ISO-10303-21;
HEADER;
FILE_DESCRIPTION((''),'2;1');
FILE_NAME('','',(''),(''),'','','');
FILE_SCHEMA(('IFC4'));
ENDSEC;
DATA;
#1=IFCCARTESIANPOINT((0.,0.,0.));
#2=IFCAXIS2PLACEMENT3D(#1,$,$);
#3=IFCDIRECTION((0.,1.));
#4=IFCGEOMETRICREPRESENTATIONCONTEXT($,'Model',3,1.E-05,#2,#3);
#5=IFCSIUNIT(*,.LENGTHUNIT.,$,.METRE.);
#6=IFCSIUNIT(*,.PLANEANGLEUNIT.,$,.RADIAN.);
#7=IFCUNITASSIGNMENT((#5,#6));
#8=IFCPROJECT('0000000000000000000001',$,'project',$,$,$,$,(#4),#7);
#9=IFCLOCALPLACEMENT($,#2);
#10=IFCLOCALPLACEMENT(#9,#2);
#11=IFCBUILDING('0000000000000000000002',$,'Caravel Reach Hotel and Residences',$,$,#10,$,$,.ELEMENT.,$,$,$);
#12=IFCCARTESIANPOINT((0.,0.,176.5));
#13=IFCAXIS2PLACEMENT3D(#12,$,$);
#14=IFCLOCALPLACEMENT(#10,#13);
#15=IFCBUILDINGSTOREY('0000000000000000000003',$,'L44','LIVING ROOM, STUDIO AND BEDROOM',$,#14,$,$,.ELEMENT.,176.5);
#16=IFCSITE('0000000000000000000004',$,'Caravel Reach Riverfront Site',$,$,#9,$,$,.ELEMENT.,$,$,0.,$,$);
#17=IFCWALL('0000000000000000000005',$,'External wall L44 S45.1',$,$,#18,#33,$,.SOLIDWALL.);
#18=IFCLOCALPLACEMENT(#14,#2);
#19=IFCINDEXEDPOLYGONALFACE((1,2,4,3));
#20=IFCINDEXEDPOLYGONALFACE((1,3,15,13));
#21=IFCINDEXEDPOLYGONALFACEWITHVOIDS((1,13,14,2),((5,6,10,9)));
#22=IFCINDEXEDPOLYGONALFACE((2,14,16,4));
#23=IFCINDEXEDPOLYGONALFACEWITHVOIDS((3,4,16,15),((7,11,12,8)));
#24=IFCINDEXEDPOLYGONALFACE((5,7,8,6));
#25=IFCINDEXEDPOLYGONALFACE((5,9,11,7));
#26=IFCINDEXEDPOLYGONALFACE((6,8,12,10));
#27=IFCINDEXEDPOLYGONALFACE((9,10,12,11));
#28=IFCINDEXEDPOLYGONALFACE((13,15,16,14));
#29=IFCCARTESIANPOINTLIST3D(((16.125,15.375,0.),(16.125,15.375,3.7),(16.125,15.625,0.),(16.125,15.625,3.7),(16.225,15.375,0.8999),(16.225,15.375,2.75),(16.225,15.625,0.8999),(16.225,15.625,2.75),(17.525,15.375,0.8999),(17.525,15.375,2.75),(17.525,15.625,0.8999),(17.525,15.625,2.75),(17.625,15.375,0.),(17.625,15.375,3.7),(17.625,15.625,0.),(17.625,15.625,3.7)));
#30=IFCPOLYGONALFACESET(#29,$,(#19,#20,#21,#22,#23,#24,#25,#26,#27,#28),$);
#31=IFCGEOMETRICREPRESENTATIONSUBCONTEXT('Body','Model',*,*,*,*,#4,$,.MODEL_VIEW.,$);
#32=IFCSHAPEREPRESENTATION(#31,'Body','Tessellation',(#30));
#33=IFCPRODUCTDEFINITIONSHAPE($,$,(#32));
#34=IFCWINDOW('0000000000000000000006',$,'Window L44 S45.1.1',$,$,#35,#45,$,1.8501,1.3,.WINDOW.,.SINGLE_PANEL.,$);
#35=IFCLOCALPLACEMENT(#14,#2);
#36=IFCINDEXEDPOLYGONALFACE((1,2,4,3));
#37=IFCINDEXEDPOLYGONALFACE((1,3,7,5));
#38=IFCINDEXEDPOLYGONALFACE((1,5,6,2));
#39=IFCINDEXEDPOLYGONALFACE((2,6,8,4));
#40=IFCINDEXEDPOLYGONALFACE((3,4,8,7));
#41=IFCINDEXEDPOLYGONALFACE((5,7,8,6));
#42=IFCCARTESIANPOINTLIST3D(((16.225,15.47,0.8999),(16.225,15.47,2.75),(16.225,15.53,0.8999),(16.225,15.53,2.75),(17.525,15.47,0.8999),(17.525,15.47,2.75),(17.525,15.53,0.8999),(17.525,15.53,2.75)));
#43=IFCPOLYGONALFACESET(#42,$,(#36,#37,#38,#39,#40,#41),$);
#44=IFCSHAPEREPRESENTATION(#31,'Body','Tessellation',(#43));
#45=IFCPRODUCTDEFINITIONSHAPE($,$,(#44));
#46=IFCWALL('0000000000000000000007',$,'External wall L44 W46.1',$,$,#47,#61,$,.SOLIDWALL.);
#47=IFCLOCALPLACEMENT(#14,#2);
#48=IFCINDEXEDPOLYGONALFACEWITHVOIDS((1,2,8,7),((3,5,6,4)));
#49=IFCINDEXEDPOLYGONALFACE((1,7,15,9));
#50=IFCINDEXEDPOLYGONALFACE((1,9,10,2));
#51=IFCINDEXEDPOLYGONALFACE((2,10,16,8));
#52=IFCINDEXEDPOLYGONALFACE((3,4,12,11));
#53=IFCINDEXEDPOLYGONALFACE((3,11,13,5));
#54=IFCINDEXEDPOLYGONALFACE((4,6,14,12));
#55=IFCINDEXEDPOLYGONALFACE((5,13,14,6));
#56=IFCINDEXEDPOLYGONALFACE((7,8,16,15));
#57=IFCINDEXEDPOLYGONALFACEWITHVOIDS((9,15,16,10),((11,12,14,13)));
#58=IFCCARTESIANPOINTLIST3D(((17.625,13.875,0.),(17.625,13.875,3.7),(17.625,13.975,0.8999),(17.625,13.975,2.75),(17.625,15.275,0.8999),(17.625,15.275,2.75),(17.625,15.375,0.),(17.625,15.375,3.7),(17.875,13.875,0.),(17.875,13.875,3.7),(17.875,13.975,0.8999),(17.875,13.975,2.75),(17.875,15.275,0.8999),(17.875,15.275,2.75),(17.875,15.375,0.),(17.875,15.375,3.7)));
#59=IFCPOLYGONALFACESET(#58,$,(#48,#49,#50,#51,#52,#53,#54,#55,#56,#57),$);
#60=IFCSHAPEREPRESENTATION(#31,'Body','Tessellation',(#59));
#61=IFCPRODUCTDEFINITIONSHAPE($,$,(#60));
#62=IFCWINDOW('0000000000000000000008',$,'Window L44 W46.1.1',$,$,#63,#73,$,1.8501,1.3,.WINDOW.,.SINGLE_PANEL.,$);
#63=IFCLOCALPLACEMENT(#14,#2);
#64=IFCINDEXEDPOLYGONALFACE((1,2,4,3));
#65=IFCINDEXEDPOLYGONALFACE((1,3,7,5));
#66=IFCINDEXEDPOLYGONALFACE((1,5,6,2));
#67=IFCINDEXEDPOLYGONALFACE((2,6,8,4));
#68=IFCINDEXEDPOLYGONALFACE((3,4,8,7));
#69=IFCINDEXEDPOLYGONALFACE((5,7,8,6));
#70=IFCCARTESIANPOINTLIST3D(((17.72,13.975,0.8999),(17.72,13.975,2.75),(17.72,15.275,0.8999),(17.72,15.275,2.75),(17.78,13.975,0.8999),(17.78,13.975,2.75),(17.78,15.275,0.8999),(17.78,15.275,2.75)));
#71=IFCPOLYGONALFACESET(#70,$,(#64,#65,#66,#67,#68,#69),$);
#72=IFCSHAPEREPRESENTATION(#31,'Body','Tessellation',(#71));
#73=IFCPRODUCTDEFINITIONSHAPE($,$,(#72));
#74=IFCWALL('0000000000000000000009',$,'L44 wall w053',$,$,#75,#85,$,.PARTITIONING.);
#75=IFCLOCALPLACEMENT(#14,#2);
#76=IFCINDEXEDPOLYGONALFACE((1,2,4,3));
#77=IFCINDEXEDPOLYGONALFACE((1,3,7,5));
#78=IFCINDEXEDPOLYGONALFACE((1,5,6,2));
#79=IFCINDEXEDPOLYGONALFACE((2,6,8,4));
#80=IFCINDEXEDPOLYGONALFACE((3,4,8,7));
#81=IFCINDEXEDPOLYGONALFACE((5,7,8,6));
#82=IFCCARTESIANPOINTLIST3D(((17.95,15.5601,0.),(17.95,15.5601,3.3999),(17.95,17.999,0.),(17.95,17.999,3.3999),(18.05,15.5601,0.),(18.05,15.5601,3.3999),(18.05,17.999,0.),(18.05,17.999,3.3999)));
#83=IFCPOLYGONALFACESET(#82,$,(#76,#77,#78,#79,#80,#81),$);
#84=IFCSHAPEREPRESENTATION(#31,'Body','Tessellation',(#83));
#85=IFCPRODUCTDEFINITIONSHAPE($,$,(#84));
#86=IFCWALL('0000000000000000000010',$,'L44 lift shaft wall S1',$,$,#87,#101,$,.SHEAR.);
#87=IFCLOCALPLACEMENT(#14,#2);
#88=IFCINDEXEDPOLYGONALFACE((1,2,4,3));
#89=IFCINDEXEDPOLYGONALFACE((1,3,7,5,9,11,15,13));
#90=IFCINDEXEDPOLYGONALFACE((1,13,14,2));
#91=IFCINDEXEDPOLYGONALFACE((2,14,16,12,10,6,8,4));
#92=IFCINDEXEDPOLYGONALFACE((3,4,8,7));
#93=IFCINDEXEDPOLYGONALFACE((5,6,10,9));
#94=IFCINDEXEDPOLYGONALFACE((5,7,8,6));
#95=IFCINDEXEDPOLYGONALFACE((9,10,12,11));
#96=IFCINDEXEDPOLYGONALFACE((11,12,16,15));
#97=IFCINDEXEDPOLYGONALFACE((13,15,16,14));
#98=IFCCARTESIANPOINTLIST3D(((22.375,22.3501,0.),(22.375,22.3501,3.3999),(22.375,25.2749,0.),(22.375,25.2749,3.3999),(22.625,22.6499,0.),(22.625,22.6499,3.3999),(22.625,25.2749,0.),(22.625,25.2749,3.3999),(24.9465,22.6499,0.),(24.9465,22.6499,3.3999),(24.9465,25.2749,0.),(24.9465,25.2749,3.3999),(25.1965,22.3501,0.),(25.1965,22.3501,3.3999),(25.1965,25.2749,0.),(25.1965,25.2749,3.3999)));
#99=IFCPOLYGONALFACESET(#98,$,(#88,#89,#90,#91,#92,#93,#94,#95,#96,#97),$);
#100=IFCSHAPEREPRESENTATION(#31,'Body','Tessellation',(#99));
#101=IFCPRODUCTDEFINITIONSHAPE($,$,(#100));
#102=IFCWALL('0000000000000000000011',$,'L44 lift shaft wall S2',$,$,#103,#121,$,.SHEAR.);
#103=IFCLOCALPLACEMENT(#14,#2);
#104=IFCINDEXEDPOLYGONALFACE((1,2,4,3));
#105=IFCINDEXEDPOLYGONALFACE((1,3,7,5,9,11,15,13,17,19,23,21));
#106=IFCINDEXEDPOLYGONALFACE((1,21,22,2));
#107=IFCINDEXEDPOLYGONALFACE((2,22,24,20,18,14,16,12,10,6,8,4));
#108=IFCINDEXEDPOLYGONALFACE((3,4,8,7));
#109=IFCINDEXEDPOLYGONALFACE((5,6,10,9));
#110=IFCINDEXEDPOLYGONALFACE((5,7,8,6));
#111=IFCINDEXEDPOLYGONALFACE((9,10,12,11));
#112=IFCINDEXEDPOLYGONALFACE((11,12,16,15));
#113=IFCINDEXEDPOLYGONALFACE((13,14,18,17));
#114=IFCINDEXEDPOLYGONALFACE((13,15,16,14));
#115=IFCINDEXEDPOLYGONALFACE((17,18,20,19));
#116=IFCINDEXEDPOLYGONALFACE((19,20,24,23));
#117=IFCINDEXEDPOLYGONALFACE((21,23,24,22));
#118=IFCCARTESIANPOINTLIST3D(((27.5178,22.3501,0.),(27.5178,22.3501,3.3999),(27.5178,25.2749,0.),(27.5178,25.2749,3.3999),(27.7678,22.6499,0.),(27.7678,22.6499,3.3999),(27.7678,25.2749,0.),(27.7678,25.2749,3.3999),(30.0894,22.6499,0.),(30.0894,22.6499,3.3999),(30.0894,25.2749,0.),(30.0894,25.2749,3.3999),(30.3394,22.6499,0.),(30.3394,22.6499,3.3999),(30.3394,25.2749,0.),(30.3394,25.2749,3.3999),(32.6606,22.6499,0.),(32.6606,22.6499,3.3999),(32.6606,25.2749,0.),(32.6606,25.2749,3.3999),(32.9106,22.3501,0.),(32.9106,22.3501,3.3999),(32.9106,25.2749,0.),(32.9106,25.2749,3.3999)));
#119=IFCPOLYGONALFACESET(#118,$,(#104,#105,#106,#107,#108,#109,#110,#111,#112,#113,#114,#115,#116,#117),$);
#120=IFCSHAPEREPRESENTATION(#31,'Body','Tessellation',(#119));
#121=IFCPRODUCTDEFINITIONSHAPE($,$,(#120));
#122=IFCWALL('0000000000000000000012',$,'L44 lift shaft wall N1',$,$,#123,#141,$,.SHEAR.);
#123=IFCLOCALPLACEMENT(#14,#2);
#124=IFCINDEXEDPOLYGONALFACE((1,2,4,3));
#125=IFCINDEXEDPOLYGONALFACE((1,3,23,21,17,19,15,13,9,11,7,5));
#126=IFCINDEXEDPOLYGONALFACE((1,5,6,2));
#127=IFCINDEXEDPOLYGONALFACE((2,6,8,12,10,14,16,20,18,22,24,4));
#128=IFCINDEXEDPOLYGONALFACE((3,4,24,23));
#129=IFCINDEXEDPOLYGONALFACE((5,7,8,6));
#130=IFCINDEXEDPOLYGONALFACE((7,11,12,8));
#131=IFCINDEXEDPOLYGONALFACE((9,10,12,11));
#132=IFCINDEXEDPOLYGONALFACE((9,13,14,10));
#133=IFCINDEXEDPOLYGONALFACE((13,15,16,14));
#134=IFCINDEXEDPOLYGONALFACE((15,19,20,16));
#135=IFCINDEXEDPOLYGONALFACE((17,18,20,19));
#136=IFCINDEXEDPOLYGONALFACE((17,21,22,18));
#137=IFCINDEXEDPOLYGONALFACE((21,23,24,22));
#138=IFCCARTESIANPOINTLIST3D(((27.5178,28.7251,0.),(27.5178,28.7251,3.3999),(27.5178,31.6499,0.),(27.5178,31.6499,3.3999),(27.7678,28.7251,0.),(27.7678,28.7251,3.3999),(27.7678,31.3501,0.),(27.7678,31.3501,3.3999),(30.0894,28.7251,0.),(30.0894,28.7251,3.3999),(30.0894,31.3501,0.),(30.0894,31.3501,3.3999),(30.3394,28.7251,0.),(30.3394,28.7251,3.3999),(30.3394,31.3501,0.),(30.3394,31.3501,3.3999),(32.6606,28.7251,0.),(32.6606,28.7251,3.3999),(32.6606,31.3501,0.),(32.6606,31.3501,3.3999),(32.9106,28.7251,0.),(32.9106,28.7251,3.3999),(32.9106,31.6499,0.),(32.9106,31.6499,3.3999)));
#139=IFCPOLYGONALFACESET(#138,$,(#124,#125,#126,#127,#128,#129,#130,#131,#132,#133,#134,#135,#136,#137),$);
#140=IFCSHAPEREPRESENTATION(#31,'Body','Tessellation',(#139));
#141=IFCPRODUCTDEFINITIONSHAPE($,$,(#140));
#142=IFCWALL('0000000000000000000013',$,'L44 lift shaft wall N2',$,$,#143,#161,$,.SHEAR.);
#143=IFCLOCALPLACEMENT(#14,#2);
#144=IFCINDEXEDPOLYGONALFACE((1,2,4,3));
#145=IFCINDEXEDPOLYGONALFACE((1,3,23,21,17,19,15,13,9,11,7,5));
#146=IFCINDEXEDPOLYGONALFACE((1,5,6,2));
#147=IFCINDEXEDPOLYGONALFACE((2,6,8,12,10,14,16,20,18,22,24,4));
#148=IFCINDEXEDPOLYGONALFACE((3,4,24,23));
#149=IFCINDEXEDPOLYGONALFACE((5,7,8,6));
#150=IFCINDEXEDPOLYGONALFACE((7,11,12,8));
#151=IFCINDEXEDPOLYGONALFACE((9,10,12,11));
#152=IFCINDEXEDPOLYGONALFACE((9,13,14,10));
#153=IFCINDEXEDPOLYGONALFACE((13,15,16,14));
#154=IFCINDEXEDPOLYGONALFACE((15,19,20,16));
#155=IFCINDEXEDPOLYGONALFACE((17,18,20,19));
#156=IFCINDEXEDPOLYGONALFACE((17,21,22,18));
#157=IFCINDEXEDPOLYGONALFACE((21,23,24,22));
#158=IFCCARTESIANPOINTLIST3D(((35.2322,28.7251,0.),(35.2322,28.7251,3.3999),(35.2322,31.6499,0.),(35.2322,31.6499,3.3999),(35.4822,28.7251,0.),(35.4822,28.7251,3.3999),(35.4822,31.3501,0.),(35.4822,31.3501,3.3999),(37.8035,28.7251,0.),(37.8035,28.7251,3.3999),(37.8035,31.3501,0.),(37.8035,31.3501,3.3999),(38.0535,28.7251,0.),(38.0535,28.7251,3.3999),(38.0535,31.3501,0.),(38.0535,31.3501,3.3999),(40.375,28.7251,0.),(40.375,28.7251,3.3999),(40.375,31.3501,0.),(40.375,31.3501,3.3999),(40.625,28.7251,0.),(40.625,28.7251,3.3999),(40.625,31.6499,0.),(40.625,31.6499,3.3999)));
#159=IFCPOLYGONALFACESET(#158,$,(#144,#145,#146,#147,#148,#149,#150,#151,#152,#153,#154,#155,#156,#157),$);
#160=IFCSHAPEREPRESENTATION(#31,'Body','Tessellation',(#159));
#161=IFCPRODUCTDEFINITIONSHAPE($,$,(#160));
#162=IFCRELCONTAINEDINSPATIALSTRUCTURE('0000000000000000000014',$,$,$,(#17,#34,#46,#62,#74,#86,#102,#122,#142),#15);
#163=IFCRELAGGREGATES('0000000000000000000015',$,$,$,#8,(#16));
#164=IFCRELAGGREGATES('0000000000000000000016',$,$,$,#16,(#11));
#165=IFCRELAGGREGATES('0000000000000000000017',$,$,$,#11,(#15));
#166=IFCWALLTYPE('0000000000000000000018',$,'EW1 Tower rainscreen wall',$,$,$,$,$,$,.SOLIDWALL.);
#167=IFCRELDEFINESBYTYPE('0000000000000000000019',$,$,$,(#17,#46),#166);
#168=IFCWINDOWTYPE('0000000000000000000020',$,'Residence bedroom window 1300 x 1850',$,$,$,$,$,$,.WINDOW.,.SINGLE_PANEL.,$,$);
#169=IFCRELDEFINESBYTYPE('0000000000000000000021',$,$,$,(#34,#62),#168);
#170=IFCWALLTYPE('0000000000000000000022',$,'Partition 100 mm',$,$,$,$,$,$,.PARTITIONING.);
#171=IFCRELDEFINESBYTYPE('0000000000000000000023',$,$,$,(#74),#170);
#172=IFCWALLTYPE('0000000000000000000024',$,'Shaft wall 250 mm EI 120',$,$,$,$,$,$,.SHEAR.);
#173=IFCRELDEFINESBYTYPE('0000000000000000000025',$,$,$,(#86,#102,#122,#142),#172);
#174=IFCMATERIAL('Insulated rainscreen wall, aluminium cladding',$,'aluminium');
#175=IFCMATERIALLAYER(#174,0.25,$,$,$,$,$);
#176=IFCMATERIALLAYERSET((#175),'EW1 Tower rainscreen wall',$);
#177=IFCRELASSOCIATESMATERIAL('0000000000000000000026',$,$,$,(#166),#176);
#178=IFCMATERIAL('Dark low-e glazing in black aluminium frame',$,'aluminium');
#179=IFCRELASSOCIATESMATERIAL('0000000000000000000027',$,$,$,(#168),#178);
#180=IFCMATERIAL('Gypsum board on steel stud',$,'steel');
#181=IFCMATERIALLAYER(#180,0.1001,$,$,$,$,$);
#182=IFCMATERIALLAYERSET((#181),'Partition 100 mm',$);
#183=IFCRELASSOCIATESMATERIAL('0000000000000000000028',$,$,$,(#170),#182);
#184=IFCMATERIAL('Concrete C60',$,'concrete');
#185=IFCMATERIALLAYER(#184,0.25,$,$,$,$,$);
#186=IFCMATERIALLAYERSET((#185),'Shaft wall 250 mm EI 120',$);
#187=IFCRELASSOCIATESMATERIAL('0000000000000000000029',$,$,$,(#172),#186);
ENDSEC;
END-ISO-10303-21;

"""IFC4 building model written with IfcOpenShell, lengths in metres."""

from ifc_helpers import new_model, si_unit, direction, frame, frame_2d, origin, place, context, subcontext, project, spatial, polyline, rectangle, outline, extrude, material, layer, layer_set, type_object, element, fill, save


model = new_model("IFC4")

# Units and contexts
model_context = context("Model", 3, precision=1e-05, world=origin(), true_north=direction((0.0, 1.0)))
body_context = subcontext(model_context, "Body", "Model", "MODEL_VIEW")
ifc_project = project(units=[si_unit("LENGTHUNIT", "METRE"), si_unit("PLANEANGLEUNIT", "RADIAN")], contexts=[model_context])

# Site, building, storey
site_placement = place(None, origin())
site = spatial("IfcSite", under=ifc_project, at=site_placement, Name="Caravel Reach Riverfront Site", CompositionType="ELEMENT", RefElevation=0.0)
building_placement = place(site_placement, origin())
building = spatial("IfcBuilding", under=site, at=building_placement, Name="Caravel Reach Hotel and Residences", CompositionType="ELEMENT")
storey_placement = place(building_placement, frame((0.0, 0.0, 176.5)))
storey = spatial("IfcBuildingStorey", under=building, at=storey_placement, Name="L44", Description="LIVING ROOM, STUDIO AND BEDROOM", CompositionType="ELEMENT", Elevation=176.5)

# Walls, openings, windows
ifc_material_1 = material(Name="Insulated rainscreen wall, aluminium cladding", Category="aluminium")
ifc_layer_1 = layer(ifc_material_1, 0.25)
ifc_layer_set_1 = layer_set([ifc_layer_1], Name="EW1 Tower rainscreen wall")
wall_type_1 = type_object("IfcWallType", Name="EW1 Tower rainscreen wall", PredefinedType="SOLIDWALL", material=ifc_layer_set_1)
wall_1_placement = place(storey_placement, frame((16.125, 15.5, 0.0), z_axis=(0.0, 0.0, 1.0), x_axis=(1.0, 0.0, 0.0)))
wall_1 = element("IfcWall", 1, at=wall_1_placement, inside=storey, type_object=wall_type_1, Name="External wall L44 S45.1", PredefinedType="SOLIDWALL", context=body_context, shape_type="SweptSolid", body=[
    extrude(rectangle(XDim=1.5, YDim=0.25, at=frame_2d((0.75, 0.0))), origin(), (0.0, 0.0, 1.0), 3.7),
])
opening_1_placement = place(wall_1_placement, frame((0.1001, 0.0, 0.8999)))
opening_1 = element("IfcOpeningElement", 2, at=opening_1_placement, cuts=wall_1, PredefinedType="OPENING", context=body_context, shape_type="SweptSolid", body=[
    extrude(rectangle(XDim=1.3, YDim=1.8501, at=frame_2d((0.6499, 0.925))), frame((0.0, 0.135, 0.0), z_axis=(0.0, -1.0, 0.0), x_axis=(1.0, 0.0, 0.0)), (0.0, 0.0, 1.0), 0.27),
])
ifc_material_2 = material(Name="Dark low-e glazing in black aluminium frame", Category="aluminium")
window_type = type_object("IfcWindowType", Name="Residence bedroom window 1300 x 1850", PartitioningType="SINGLE_PANEL", PredefinedType="WINDOW", material=ifc_material_2)
window_1_placement = place(opening_1_placement, origin())
window_1 = element("IfcWindow", 3, at=window_1_placement, inside=storey, type_object=window_type, Name="Window L44 S45.1.1", OverallHeight=1.8501, OverallWidth=1.3, PartitioningType="SINGLE_PANEL", PredefinedType="WINDOW", context=body_context, shape_type="SweptSolid", body=[
    extrude(rectangle(XDim=1.3, YDim=1.8501, at=frame_2d((0.6499, 0.925))), frame((0.0, 0.03, 0.0), z_axis=(0.0, -1.0, 0.0), x_axis=(1.0, 0.0, 0.0)), (0.0, 0.0, 1.0), 0.0601),
])
fill(opening_1, window_1)
wall_2_placement = place(storey_placement, frame((17.75, 15.375, 0.0), z_axis=(0.0, 0.0, 1.0), x_axis=(0.0, -1.0, 0.0)))
wall_2 = element("IfcWall", 4, at=wall_2_placement, inside=storey, type_object=wall_type_1, Name="External wall L44 W46.1", PredefinedType="SOLIDWALL", context=body_context, shape_type="SweptSolid", body=[
    extrude(rectangle(XDim=1.5, YDim=0.25, at=frame_2d((0.75, 0.0))), origin(), (0.0, 0.0, 1.0), 3.7),
])
opening_2_placement = place(wall_2_placement, frame((0.1001, 0.0, 0.8999)))
opening_2 = element("IfcOpeningElement", 5, at=opening_2_placement, cuts=wall_2, PredefinedType="OPENING", context=body_context, shape_type="SweptSolid", body=[
    extrude(rectangle(XDim=1.3, YDim=1.8501, at=frame_2d((0.6499, 0.925))), frame((0.0, 0.135, 0.0), z_axis=(0.0, -1.0, 0.0), x_axis=(1.0, 0.0, 0.0)), (0.0, 0.0, 1.0), 0.27),
])
window_2_placement = place(opening_2_placement, origin())
window_2 = element("IfcWindow", 6, at=window_2_placement, inside=storey, type_object=window_type, Name="Window L44 W46.1.1", OverallHeight=1.8501, OverallWidth=1.3, PartitioningType="SINGLE_PANEL", PredefinedType="WINDOW", context=body_context, shape_type="SweptSolid", body=[
    extrude(rectangle(XDim=1.3, YDim=1.8501, at=frame_2d((0.6499, 0.925))), frame((0.0, 0.03, 0.0), z_axis=(0.0, -1.0, 0.0), x_axis=(1.0, 0.0, 0.0)), (0.0, 0.0, 1.0), 0.0601),
])
fill(opening_2, window_2)

# Walls
ifc_material_3 = material(Name="Gypsum board on steel stud", Category="steel")
ifc_layer_2 = layer(ifc_material_3, 0.1001)
ifc_layer_set_2 = layer_set([ifc_layer_2], Name="Partition 100 mm")
wall_type_2 = type_object("IfcWallType", Name="Partition 100 mm", PredefinedType="PARTITIONING", material=ifc_layer_set_2)
wall_3_placement = place(storey_placement, frame((18.0, 15.5601, 0.0), z_axis=(0.0, 0.0, 1.0), x_axis=(0.0, 1.0, 0.0)))
element("IfcWall", 7, at=wall_3_placement, inside=storey, type_object=wall_type_2, Name="L44 wall w053", PredefinedType="PARTITIONING", context=body_context, shape_type="SweptSolid", body=[
    extrude(rectangle(XDim=2.439, YDim=0.1001, at=frame_2d((1.2195, 0.0))), origin(), (0.0, 0.0, 1.0), 3.3999),
])
ifc_material_4 = material(Name="Concrete C60", Category="concrete")
ifc_layer_3 = layer(ifc_material_4, 0.25)
ifc_layer_set_3 = layer_set([ifc_layer_3], Name="Shaft wall 250 mm EI 120")
wall_type_3 = type_object("IfcWallType", Name="Shaft wall 250 mm EI 120", PredefinedType="SHEAR", material=ifc_layer_set_3)
wall_4_placement = place(storey_placement, origin())
element("IfcWall", 8, at=wall_4_placement, inside=storey, type_object=wall_type_3, Name="L44 lift shaft wall S1", PredefinedType="SHEAR", context=body_context, shape_type="SweptSolid", body=[
    extrude(outline(polyline([(22.375, 22.3501), (25.1965, 22.3501), (25.1965, 25.2749), (24.9465, 25.2749), (24.9465, 22.6499), (22.625, 22.6499), (22.625, 25.2749), (22.375, 25.2749), (22.375, 22.3501)])), origin(), (0.0, 0.0, 1.0), 3.3999),
])
wall_5_placement = place(storey_placement, origin())
element("IfcWall", 9, at=wall_5_placement, inside=storey, type_object=wall_type_3, Name="L44 lift shaft wall S2", PredefinedType="SHEAR", context=body_context, shape_type="SweptSolid", body=[
    extrude(outline(polyline([(27.5178, 22.3501), (32.9106, 22.3501), (32.9106, 25.2749), (32.6606, 25.2749), (32.6606, 22.6499), (30.3394, 22.6499), (30.3394, 25.2749), (30.0894, 25.2749), (30.0894, 22.6499), (27.7678, 22.6499), (27.7678, 25.2749), (27.5178, 25.2749), (27.5178, 22.3501)])), origin(), (0.0, 0.0, 1.0), 3.3999),
])
wall_6_placement = place(storey_placement, origin())
element("IfcWall", 10, at=wall_6_placement, inside=storey, type_object=wall_type_3, Name="L44 lift shaft wall N1", PredefinedType="SHEAR", context=body_context, shape_type="SweptSolid", body=[
    extrude(outline(polyline([(27.5178, 28.7251), (27.7678, 28.7251), (27.7678, 31.3501), (30.0894, 31.3501), (30.0894, 28.7251), (30.3394, 28.7251), (30.3394, 31.3501), (32.6606, 31.3501), (32.6606, 28.7251), (32.9106, 28.7251), (32.9106, 31.6499), (27.5178, 31.6499), (27.5178, 28.7251)])), origin(), (0.0, 0.0, 1.0), 3.3999),
])
wall_7_placement = place(storey_placement, origin())
element("IfcWall", 11, at=wall_7_placement, inside=storey, type_object=wall_type_3, Name="L44 lift shaft wall N2", PredefinedType="SHEAR", context=body_context, shape_type="SweptSolid", body=[
    extrude(outline(polyline([(35.2322, 28.7251), (35.4822, 28.7251), (35.4822, 31.3501), (37.8035, 31.3501), (37.8035, 28.7251), (38.0535, 28.7251), (38.0535, 31.3501), (40.375, 31.3501), (40.375, 28.7251), (40.625, 28.7251), (40.625, 31.6499), (35.2322, 31.6499), (35.2322, 28.7251)])), origin(), (0.0, 0.0, 1.0), 3.3999),
])

save(model, "model.ifc")
